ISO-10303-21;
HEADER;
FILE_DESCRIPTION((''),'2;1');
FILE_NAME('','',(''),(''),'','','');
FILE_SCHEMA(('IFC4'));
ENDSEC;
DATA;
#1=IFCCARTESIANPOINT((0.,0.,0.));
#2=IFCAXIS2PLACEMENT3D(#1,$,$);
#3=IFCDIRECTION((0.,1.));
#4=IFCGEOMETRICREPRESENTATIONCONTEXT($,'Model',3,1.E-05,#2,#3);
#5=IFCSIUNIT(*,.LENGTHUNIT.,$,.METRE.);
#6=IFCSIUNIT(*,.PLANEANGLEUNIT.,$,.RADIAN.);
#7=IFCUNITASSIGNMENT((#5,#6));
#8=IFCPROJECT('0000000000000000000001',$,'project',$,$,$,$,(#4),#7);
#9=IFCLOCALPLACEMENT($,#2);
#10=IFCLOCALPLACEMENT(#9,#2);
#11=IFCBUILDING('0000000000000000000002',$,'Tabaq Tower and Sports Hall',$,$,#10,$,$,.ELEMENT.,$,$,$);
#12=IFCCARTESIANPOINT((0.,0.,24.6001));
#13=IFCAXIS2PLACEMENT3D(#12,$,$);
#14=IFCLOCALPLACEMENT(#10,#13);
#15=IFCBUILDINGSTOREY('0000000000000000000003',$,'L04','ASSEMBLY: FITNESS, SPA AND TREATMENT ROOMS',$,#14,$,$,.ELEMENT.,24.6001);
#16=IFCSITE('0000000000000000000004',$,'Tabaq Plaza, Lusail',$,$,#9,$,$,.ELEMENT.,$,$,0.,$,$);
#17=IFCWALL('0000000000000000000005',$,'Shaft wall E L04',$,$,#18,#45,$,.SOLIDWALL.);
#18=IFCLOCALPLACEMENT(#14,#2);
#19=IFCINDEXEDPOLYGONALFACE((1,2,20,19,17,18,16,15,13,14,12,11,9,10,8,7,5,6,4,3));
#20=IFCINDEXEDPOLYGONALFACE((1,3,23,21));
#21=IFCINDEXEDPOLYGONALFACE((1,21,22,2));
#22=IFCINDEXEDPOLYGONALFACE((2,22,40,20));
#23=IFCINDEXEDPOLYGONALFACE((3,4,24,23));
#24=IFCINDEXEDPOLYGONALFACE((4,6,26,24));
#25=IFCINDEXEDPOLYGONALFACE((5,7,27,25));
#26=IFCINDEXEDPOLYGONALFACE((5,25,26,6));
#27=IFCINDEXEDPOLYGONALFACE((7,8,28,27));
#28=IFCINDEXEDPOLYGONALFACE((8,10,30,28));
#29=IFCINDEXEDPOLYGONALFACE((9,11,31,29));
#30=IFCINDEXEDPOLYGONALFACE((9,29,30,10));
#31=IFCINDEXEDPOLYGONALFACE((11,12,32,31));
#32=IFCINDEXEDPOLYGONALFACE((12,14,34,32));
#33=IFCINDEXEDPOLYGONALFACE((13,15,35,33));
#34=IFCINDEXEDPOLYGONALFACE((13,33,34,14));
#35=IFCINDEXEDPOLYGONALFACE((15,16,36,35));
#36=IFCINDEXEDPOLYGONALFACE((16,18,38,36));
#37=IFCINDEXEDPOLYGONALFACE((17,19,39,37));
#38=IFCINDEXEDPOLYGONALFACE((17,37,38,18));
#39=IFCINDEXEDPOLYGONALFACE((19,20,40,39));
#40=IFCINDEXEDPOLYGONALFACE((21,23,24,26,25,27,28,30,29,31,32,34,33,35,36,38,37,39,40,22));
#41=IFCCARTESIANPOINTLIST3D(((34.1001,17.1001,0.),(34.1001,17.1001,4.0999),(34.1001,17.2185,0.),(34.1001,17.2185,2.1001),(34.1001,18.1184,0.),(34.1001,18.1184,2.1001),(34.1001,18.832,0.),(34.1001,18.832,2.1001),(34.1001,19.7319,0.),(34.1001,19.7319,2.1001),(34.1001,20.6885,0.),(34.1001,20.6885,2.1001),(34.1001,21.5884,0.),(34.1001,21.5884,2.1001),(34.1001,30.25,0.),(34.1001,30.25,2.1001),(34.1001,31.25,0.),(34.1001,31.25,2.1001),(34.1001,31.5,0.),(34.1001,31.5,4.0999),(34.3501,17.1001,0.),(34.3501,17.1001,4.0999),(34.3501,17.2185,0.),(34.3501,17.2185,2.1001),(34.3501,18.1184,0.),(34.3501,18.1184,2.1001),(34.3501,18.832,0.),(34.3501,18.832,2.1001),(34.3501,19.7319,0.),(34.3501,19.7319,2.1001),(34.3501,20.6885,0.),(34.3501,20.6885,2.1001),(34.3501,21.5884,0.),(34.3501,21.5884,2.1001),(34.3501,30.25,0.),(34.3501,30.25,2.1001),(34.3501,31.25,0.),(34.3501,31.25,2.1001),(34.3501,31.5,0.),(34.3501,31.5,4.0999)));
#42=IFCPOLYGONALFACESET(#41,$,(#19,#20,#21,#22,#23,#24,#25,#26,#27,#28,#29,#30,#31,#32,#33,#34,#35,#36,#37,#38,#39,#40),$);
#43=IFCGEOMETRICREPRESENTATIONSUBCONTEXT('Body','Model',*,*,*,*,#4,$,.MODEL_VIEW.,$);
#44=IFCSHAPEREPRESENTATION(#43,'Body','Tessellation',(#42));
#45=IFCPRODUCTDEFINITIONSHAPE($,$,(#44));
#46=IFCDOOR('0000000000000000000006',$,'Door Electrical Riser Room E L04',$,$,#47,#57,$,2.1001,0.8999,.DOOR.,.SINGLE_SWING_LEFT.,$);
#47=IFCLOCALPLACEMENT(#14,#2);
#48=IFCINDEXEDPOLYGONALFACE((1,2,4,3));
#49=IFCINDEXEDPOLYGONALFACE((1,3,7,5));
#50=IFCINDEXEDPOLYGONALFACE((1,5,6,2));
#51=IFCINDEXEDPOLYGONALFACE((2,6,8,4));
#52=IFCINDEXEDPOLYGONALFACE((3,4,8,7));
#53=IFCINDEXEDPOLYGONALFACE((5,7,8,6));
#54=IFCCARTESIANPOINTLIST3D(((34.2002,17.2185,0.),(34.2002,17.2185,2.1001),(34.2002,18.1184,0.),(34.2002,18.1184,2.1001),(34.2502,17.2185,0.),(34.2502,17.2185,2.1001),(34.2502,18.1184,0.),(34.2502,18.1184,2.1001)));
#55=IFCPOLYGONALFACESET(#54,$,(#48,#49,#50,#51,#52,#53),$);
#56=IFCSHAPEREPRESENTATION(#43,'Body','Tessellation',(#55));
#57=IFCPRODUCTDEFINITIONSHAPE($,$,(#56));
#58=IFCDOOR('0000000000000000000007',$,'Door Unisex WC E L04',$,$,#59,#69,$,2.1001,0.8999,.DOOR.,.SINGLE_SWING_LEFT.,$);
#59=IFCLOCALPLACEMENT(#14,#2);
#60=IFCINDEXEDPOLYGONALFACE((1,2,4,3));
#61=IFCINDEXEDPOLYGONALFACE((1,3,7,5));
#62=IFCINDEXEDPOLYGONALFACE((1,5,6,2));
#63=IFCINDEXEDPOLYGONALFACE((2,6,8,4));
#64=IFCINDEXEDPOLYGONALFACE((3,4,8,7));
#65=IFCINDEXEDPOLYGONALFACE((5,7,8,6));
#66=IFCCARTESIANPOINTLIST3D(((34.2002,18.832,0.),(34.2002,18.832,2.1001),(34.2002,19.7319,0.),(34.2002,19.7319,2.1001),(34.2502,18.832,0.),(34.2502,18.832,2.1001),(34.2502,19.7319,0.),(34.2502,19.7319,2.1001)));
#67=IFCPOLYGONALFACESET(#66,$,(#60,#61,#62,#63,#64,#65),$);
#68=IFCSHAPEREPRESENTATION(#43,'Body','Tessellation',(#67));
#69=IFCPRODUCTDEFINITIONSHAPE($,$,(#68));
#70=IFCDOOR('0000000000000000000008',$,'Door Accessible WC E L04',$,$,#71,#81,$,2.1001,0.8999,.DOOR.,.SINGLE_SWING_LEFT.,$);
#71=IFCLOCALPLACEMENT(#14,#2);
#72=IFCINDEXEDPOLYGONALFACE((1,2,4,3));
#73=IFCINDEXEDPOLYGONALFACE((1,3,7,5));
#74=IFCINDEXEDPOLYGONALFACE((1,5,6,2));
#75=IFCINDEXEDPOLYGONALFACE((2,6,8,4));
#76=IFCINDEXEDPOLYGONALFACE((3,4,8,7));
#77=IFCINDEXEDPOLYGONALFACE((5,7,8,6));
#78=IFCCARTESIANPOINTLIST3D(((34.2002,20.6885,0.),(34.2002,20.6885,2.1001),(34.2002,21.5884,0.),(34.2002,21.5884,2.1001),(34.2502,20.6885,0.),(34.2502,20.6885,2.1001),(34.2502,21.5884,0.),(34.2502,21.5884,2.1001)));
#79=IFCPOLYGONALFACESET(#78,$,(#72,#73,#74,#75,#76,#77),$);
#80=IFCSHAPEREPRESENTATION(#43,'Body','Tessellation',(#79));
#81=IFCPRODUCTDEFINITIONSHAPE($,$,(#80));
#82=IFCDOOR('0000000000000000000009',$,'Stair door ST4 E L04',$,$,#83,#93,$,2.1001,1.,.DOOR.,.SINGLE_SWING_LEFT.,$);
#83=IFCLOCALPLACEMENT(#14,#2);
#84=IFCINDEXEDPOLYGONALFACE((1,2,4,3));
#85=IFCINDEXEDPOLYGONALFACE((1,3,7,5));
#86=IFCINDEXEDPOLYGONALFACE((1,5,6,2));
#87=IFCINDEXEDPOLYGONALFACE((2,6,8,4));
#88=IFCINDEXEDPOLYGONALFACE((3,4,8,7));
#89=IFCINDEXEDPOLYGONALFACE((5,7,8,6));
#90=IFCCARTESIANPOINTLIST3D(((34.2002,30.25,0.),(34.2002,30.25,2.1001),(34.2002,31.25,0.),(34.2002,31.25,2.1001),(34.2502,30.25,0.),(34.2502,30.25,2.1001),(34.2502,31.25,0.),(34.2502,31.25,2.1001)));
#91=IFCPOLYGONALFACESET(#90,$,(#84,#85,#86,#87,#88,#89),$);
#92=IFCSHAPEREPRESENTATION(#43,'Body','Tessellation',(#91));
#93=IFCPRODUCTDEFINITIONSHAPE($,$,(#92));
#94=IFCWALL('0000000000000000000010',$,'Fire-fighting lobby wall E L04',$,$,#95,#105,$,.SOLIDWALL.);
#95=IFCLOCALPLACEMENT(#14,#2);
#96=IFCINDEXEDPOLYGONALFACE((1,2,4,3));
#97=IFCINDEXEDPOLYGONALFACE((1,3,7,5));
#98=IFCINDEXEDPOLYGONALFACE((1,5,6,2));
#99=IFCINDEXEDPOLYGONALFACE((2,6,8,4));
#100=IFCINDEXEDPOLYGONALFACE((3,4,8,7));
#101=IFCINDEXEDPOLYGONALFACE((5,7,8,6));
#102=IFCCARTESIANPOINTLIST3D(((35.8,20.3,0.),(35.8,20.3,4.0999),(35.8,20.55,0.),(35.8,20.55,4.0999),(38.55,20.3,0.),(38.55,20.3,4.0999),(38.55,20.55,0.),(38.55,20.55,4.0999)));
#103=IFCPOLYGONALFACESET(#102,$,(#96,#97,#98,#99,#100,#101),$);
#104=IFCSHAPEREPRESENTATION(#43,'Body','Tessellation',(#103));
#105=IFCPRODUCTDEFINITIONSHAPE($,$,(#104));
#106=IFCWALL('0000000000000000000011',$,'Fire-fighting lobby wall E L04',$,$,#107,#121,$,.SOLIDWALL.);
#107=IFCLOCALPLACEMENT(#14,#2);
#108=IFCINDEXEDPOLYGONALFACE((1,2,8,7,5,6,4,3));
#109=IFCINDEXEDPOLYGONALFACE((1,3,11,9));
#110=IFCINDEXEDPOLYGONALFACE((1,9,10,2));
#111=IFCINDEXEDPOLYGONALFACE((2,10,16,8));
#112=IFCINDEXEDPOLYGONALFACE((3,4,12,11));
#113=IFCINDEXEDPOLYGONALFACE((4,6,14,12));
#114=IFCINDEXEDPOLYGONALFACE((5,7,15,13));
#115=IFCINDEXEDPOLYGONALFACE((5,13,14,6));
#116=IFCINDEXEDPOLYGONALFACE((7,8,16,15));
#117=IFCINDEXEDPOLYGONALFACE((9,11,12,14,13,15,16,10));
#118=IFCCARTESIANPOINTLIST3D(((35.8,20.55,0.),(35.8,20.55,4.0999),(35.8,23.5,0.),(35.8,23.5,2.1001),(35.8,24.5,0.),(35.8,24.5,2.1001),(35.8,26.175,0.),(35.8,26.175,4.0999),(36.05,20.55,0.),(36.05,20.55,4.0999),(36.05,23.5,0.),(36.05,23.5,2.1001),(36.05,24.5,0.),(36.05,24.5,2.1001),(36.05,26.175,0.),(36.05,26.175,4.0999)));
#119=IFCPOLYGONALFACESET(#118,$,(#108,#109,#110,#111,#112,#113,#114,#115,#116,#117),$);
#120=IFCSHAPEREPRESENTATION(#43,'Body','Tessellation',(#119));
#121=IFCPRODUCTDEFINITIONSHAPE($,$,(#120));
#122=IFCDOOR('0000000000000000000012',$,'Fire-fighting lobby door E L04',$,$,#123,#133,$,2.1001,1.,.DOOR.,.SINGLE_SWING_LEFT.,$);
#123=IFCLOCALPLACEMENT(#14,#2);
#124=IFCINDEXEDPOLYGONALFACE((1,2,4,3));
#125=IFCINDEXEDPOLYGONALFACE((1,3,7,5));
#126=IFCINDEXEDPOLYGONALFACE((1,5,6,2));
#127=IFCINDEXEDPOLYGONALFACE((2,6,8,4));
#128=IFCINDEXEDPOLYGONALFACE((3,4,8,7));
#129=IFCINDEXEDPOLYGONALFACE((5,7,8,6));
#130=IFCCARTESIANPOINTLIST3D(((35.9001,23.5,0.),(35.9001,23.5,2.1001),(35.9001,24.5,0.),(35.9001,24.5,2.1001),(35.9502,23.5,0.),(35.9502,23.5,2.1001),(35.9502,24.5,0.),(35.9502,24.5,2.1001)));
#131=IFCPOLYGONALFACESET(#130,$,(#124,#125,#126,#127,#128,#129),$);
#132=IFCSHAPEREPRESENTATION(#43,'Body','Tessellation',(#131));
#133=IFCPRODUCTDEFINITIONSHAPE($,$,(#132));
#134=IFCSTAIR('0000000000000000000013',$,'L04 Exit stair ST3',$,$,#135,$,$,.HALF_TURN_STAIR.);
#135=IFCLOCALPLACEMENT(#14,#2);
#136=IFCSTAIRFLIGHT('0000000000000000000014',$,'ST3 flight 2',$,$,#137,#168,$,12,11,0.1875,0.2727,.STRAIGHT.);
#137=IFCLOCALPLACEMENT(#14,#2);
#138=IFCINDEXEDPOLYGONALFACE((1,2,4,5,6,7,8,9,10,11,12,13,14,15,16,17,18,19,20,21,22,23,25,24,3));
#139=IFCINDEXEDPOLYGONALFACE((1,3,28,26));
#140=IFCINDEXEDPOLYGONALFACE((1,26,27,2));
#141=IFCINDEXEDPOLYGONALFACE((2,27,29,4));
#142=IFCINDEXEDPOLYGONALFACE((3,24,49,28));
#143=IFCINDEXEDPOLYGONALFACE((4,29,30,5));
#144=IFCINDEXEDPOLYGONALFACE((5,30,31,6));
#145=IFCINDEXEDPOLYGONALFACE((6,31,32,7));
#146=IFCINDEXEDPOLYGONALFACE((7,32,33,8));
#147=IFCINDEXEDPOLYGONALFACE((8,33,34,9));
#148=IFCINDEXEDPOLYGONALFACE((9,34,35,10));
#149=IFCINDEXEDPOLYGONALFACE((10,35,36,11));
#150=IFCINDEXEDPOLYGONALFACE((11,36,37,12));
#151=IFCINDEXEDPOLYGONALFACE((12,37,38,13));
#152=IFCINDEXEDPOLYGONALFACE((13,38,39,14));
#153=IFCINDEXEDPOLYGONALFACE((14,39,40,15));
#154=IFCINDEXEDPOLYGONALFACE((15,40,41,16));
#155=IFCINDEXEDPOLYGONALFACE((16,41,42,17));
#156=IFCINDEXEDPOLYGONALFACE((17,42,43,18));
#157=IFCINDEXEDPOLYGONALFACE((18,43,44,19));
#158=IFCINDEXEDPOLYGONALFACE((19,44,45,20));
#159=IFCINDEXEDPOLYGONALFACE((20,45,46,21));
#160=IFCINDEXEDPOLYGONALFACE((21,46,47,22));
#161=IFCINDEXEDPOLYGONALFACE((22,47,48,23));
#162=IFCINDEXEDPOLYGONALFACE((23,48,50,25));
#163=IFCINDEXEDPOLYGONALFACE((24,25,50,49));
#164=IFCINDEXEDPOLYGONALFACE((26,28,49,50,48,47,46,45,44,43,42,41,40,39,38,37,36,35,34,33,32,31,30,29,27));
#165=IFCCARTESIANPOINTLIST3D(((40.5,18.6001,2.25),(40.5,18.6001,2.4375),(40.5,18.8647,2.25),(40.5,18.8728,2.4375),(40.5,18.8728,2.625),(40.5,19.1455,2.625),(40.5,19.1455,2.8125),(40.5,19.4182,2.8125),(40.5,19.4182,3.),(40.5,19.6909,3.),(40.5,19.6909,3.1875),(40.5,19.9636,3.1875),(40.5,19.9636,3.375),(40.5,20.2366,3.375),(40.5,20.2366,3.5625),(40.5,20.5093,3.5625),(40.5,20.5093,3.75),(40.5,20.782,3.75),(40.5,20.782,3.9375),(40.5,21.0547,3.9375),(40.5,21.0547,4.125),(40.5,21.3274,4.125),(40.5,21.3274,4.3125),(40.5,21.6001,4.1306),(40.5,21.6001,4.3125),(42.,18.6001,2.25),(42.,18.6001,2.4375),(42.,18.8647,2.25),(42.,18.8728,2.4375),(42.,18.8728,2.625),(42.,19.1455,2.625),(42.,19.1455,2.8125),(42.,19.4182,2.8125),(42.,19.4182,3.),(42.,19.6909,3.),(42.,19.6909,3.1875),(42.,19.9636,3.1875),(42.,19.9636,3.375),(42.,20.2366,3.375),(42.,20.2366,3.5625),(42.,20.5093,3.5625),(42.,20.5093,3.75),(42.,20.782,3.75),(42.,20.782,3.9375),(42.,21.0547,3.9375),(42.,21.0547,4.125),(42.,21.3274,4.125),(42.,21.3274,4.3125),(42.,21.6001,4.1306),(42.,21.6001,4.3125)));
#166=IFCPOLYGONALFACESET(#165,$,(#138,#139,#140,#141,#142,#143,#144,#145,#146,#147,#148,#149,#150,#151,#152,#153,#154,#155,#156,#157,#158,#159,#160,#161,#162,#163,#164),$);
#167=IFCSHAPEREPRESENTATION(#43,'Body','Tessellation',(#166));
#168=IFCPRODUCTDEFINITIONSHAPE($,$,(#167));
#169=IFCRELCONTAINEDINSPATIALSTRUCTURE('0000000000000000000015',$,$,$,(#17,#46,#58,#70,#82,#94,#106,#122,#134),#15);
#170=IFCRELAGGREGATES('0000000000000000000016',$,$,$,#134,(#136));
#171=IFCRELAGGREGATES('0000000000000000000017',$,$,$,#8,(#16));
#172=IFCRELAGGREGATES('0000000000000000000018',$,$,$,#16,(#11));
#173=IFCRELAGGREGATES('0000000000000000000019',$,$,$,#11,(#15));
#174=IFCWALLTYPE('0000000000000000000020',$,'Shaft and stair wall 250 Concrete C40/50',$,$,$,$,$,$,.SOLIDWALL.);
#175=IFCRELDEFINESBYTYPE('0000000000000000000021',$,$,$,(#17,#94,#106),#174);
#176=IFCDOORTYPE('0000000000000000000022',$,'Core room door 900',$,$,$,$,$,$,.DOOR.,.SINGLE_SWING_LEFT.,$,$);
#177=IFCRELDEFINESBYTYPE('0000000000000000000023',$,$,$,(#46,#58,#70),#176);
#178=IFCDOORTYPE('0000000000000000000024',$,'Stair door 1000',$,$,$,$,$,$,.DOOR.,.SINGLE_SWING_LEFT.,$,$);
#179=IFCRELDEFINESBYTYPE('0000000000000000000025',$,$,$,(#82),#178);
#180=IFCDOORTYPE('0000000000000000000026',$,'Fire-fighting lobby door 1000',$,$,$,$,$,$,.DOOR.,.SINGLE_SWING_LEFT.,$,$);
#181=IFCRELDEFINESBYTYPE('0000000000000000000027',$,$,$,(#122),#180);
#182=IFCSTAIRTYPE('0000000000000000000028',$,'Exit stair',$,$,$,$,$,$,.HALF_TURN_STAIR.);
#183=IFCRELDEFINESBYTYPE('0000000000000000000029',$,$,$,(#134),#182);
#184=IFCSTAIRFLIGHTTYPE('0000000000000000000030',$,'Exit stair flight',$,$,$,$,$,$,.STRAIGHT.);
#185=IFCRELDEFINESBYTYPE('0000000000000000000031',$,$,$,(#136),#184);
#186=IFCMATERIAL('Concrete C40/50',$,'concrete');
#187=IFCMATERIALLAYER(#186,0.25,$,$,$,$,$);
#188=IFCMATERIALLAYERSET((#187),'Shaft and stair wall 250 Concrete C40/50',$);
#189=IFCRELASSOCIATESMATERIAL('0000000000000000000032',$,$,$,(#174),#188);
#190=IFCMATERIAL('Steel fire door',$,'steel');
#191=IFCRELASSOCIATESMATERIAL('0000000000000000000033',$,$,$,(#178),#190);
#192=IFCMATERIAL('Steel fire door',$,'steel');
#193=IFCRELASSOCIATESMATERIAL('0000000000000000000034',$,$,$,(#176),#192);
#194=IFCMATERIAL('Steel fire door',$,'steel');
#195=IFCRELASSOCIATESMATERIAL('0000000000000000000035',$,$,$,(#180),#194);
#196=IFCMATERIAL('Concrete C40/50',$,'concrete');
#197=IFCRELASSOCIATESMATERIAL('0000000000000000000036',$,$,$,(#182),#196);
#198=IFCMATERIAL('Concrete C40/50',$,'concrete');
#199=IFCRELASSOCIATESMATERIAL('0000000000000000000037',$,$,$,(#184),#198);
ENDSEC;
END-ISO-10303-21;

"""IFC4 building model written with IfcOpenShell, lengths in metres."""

from ifc_helpers import new_model, si_unit, direction, frame, frame_2d, origin, place, context, subcontext, project, spatial, polyline, rectangle, outline, extrude, material, layer, layer_set, type_object, element, fill, aggregate, save


model = new_model("IFC4")

# Units and contexts
model_context = context("Model", 3, precision=1e-05, world=origin(), true_north=direction((0.0, 1.0)))
body_context = subcontext(model_context, "Body", "Model", "MODEL_VIEW")
ifc_project = project(units=[si_unit("LENGTHUNIT", "METRE"), si_unit("PLANEANGLEUNIT", "RADIAN")], contexts=[model_context])

# Site, building, storey
site_placement = place(None, origin())
site = spatial("IfcSite", under=ifc_project, at=site_placement, Name="Tabaq Plaza, Lusail", CompositionType="ELEMENT", RefElevation=0.0)
building_placement = place(site_placement, origin())
building = spatial("IfcBuilding", under=site, at=building_placement, Name="Tabaq Tower and Sports Hall", CompositionType="ELEMENT")
storey_placement = place(building_placement, frame((0.0, 0.0, 24.6001)))
storey = spatial("IfcBuildingStorey", under=building, at=storey_placement, Name="L04", Description="ASSEMBLY: FITNESS, SPA AND TREATMENT ROOMS", CompositionType="ELEMENT", Elevation=24.6001)

# Wall, openings, doors
ifc_material_1 = material(Name="Concrete C40/50", Category="concrete")
ifc_layer_1 = layer(ifc_material_1, 0.25)
ifc_layer_set_1 = layer_set([ifc_layer_1], Name="Shaft and stair wall 250 Concrete C40/50")
wall_type_1 = type_object("IfcWallType", Name="Shaft and stair wall 250 Concrete C40/50", PredefinedType="SOLIDWALL", material=ifc_layer_set_1)
ifc_material_2 = material(Name="Steel fire door", Category="steel")
door_type_1 = type_object("IfcDoorType", Name="Stair door 1000", OperationType="SINGLE_SWING_LEFT", PredefinedType="DOOR", material=ifc_material_2)
wall_1_placement = place(storey_placement, frame((34.2251, 17.1001, 0.0), z_axis=(0.0, 0.0, 1.0), x_axis=(0.0, 1.0, 0.0)))
wall_1 = element("IfcWall", 1, at=wall_1_placement, inside=storey, type_object=wall_type_1, Name="Shaft wall E L04", PredefinedType="SOLIDWALL", context=body_context, shape_type="SweptSolid", body=[
    extrude(rectangle(XDim=14.3999, YDim=0.25, at=frame_2d((7.2, 0.0))), origin(), (0.0, 0.0, 1.0), 4.0999),
])
opening_1_placement = place(wall_1_placement, frame((13.1499, 0.0, 0.0)))
opening_1 = element("IfcOpeningElement", 2, at=opening_1_placement, cuts=wall_1, PredefinedType="OPENING", context=body_context, shape_type="SweptSolid", body=[
    extrude(rectangle(XDim=1.0, YDim=2.1001, at=frame_2d((0.5, 1.05))), frame((0.0, 0.125, 0.0), z_axis=(0.0, -1.0, 0.0), x_axis=(1.0, 0.0, 0.0)), (0.0, 0.0, 1.0), 0.25),
])
opening_2_placement = place(wall_1_placement, frame((0.1184, 0.0, 0.0)))
opening_2 = element("IfcOpeningElement", 3, at=opening_2_placement, cuts=wall_1, PredefinedType="OPENING", context=body_context, shape_type="SweptSolid", body=[
    extrude(rectangle(XDim=0.8999, YDim=2.1001, at=frame_2d((0.45, 1.05))), frame((0.0, 0.125, 0.0), z_axis=(0.0, -1.0, 0.0), x_axis=(1.0, 0.0, 0.0)), (0.0, 0.0, 1.0), 0.25),
])
opening_3_placement = place(wall_1_placement, frame((1.7319, 0.0, 0.0)))
opening_3 = element("IfcOpeningElement", 4, at=opening_3_placement, cuts=wall_1, PredefinedType="OPENING", context=body_context, shape_type="SweptSolid", body=[
    extrude(rectangle(XDim=0.8999, YDim=2.1001, at=frame_2d((0.45, 1.05))), frame((0.0, 0.125, 0.0), z_axis=(0.0, -1.0, 0.0), x_axis=(1.0, 0.0, 0.0)), (0.0, 0.0, 1.0), 0.25),
])
opening_4_placement = place(wall_1_placement, frame((3.5884, 0.0, 0.0)))
opening_4 = element("IfcOpeningElement", 5, at=opening_4_placement, cuts=wall_1, PredefinedType="OPENING", context=body_context, shape_type="SweptSolid", body=[
    extrude(rectangle(XDim=0.8999, YDim=2.1001, at=frame_2d((0.45, 1.05))), frame((0.0, 0.125, 0.0), z_axis=(0.0, -1.0, 0.0), x_axis=(1.0, 0.0, 0.0)), (0.0, 0.0, 1.0), 0.25),
])
ifc_material_3 = material(Name="Steel fire door", Category="steel")
door_type_2 = type_object("IfcDoorType", Name="Core room door 900", OperationType="SINGLE_SWING_LEFT", PredefinedType="DOOR", material=ifc_material_3)
door_1_placement = place(opening_2_placement, origin())
door_1 = element("IfcDoor", 6, at=door_1_placement, inside=storey, type_object=door_type_2, Name="Door Electrical Riser Room E L04", OperationType="SINGLE_SWING_LEFT", OverallHeight=2.1001, OverallWidth=0.8999, PredefinedType="DOOR", context=body_context, shape_type="SweptSolid", body=[
    extrude(rectangle(XDim=0.8999, YDim=2.1001, at=frame_2d((0.45, 1.05))), frame((0.0, 0.0249, 0.0), z_axis=(0.0, -1.0, 0.0), x_axis=(1.0, 0.0, 0.0)), (0.0, 0.0, 1.0), 0.05),
])
fill(opening_2, door_1)
door_2_placement = place(opening_3_placement, origin())
door_2 = element("IfcDoor", 7, at=door_2_placement, inside=storey, type_object=door_type_2, Name="Door Unisex WC E L04", OperationType="SINGLE_SWING_LEFT", OverallHeight=2.1001, OverallWidth=0.8999, PredefinedType="DOOR", context=body_context, shape_type="SweptSolid", body=[
    extrude(rectangle(XDim=0.8999, YDim=2.1001, at=frame_2d((0.45, 1.05))), frame((0.0, 0.0249, 0.0), z_axis=(0.0, -1.0, 0.0), x_axis=(1.0, 0.0, 0.0)), (0.0, 0.0, 1.0), 0.05),
])
fill(opening_3, door_2)
door_3_placement = place(opening_4_placement, origin())
door_3 = element("IfcDoor", 8, at=door_3_placement, inside=storey, type_object=door_type_2, Name="Door Accessible WC E L04", OperationType="SINGLE_SWING_LEFT", OverallHeight=2.1001, OverallWidth=0.8999, PredefinedType="DOOR", context=body_context, shape_type="SweptSolid", body=[
    extrude(rectangle(XDim=0.8999, YDim=2.1001, at=frame_2d((0.45, 1.05))), frame((0.0, 0.0249, 0.0), z_axis=(0.0, -1.0, 0.0), x_axis=(1.0, 0.0, 0.0)), (0.0, 0.0, 1.0), 0.05),
])
fill(opening_4, door_3)
door_4_placement = place(opening_1_placement, origin())
door_4 = element("IfcDoor", 9, at=door_4_placement, inside=storey, type_object=door_type_1, Name="Stair door ST4 E L04", OperationType="SINGLE_SWING_LEFT", OverallHeight=2.1001, OverallWidth=1.0, PredefinedType="DOOR", context=body_context, shape_type="SweptSolid", body=[
    extrude(rectangle(XDim=1.0, YDim=2.1001, at=frame_2d((0.5, 1.05))), frame((0.0, 0.0249, 0.0), z_axis=(0.0, -1.0, 0.0), x_axis=(1.0, 0.0, 0.0)), (0.0, 0.0, 1.0), 0.05),
])
fill(opening_1, door_4)

# Wall
wall_2_placement = place(storey_placement, frame((35.8, 20.425, 0.0), z_axis=(0.0, 0.0, 1.0), x_axis=(1.0, 0.0, 0.0)))
element("IfcWall", 10, at=wall_2_placement, inside=storey, type_object=wall_type_1, Name="Fire-fighting lobby wall E L04", PredefinedType="SOLIDWALL", context=body_context, shape_type="SweptSolid", body=[
    extrude(rectangle(XDim=2.75, YDim=0.25, at=frame_2d((1.375, 0.0))), origin(), (0.0, 0.0, 1.0), 4.0999),
])

# Wall, opening, door
wall_3_placement = place(storey_placement, frame((35.925, 20.55, 0.0), z_axis=(0.0, 0.0, 1.0), x_axis=(0.0, 1.0, 0.0)))
wall_3 = element("IfcWall", 11, at=wall_3_placement, inside=storey, type_object=wall_type_1, Name="Fire-fighting lobby wall E L04", PredefinedType="SOLIDWALL", context=body_context, shape_type="SweptSolid", body=[
    extrude(rectangle(XDim=5.625, YDim=0.25, at=frame_2d((2.8125, 0.0))), origin(), (0.0, 0.0, 1.0), 4.0999),
])
opening_5_placement = place(wall_3_placement, frame((2.95, 0.0, 0.0)))
opening_5 = element("IfcOpeningElement", 12, at=opening_5_placement, cuts=wall_3, PredefinedType="OPENING", context=body_context, shape_type="SweptSolid", body=[
    extrude(rectangle(XDim=1.0, YDim=2.1001, at=frame_2d((0.5, 1.05))), frame((0.0, 0.125, 0.0), z_axis=(0.0, -1.0, 0.0), x_axis=(1.0, 0.0, 0.0)), (0.0, 0.0, 1.0), 0.25),
])
ifc_material_4 = material(Name="Steel fire door", Category="steel")
door_type_3 = type_object("IfcDoorType", Name="Fire-fighting lobby door 1000", OperationType="SINGLE_SWING_LEFT", PredefinedType="DOOR", material=ifc_material_4)
door_5_placement = place(opening_5_placement, origin())
door_5 = element("IfcDoor", 13, at=door_5_placement, inside=storey, type_object=door_type_3, Name="Fire-fighting lobby door E L04", OperationType="SINGLE_SWING_LEFT", OverallHeight=2.1001, OverallWidth=1.0, PredefinedType="DOOR", context=body_context, shape_type="SweptSolid", body=[
    extrude(rectangle(XDim=1.0, YDim=2.1001, at=frame_2d((0.5, 1.05))), frame((0.0, 0.0249, 0.0), z_axis=(0.0, -1.0, 0.0), x_axis=(1.0, 0.0, 0.0)), (0.0, 0.0, 1.0), 0.05),
])
fill(opening_5, door_5)

# Stair, stair flight
ifc_material_5 = material(Name="Concrete C40/50", Category="concrete")
stair_type = type_object("IfcStairType", Name="Exit stair", PredefinedType="HALF_TURN_STAIR", material=ifc_material_5)
stair_placement = place(storey_placement, origin())
stair = element("IfcStair", 14, at=stair_placement, inside=storey, type_object=stair_type, Name="L04 Exit stair ST3", PredefinedType="HALF_TURN_STAIR")
ifc_material_6 = material(Name="Concrete C40/50", Category="concrete")
stair_flight_type = type_object("IfcStairFlightType", Name="Exit stair flight", PredefinedType="STRAIGHT", material=ifc_material_6)
stair_flight_placement = place(storey_placement, frame((41.25, 18.6001, 2.25), z_axis=(0.0, 0.0, 1.0), x_axis=(0.0, 1.0, 0.0)))
stair_flight = element("IfcStairFlight", 15, at=stair_flight_placement, type_object=stair_flight_type, Name="ST3 flight 2", NumberOfRisers=12, NumberOfTreads=11, PredefinedType="STRAIGHT", RiserHeight=0.1875, TreadLength=0.2727, context=body_context, shape_type="SweptSolid", body=[
    extrude(outline(polyline([(0.0, 0.0), (0.0, 0.1875), (0.2727, 0.1875), (0.2727, 0.375), (0.5454, 0.375), (0.5454, 0.5625), (0.8181, 0.5625), (0.8181, 0.75), (1.0908, 0.75), (1.0908, 0.9375), (1.3635, 0.9375), (1.3635, 1.125), (1.6365, 1.125), (1.6365, 1.3125), (1.9092, 1.3125), (1.9092, 1.5), (2.1819, 1.5), (2.1819, 1.6875), (2.4546, 1.6875), (2.4546, 1.875), (2.7273, 1.875), (2.7273, 2.0625), (3.0, 2.0625), (3.0, 2.25), (3.0, 1.8806), (0.2646, 0.0), (0.0, 0.0)])), frame((0.0, 0.75, 0.0), z_axis=(0.0, -1.0, 0.0), x_axis=(1.0, 0.0, 0.0)), (0.0, 0.0, 1.0), 1.5),
])
aggregate(stair, [stair_flight])

save(model, "model.ifc")
